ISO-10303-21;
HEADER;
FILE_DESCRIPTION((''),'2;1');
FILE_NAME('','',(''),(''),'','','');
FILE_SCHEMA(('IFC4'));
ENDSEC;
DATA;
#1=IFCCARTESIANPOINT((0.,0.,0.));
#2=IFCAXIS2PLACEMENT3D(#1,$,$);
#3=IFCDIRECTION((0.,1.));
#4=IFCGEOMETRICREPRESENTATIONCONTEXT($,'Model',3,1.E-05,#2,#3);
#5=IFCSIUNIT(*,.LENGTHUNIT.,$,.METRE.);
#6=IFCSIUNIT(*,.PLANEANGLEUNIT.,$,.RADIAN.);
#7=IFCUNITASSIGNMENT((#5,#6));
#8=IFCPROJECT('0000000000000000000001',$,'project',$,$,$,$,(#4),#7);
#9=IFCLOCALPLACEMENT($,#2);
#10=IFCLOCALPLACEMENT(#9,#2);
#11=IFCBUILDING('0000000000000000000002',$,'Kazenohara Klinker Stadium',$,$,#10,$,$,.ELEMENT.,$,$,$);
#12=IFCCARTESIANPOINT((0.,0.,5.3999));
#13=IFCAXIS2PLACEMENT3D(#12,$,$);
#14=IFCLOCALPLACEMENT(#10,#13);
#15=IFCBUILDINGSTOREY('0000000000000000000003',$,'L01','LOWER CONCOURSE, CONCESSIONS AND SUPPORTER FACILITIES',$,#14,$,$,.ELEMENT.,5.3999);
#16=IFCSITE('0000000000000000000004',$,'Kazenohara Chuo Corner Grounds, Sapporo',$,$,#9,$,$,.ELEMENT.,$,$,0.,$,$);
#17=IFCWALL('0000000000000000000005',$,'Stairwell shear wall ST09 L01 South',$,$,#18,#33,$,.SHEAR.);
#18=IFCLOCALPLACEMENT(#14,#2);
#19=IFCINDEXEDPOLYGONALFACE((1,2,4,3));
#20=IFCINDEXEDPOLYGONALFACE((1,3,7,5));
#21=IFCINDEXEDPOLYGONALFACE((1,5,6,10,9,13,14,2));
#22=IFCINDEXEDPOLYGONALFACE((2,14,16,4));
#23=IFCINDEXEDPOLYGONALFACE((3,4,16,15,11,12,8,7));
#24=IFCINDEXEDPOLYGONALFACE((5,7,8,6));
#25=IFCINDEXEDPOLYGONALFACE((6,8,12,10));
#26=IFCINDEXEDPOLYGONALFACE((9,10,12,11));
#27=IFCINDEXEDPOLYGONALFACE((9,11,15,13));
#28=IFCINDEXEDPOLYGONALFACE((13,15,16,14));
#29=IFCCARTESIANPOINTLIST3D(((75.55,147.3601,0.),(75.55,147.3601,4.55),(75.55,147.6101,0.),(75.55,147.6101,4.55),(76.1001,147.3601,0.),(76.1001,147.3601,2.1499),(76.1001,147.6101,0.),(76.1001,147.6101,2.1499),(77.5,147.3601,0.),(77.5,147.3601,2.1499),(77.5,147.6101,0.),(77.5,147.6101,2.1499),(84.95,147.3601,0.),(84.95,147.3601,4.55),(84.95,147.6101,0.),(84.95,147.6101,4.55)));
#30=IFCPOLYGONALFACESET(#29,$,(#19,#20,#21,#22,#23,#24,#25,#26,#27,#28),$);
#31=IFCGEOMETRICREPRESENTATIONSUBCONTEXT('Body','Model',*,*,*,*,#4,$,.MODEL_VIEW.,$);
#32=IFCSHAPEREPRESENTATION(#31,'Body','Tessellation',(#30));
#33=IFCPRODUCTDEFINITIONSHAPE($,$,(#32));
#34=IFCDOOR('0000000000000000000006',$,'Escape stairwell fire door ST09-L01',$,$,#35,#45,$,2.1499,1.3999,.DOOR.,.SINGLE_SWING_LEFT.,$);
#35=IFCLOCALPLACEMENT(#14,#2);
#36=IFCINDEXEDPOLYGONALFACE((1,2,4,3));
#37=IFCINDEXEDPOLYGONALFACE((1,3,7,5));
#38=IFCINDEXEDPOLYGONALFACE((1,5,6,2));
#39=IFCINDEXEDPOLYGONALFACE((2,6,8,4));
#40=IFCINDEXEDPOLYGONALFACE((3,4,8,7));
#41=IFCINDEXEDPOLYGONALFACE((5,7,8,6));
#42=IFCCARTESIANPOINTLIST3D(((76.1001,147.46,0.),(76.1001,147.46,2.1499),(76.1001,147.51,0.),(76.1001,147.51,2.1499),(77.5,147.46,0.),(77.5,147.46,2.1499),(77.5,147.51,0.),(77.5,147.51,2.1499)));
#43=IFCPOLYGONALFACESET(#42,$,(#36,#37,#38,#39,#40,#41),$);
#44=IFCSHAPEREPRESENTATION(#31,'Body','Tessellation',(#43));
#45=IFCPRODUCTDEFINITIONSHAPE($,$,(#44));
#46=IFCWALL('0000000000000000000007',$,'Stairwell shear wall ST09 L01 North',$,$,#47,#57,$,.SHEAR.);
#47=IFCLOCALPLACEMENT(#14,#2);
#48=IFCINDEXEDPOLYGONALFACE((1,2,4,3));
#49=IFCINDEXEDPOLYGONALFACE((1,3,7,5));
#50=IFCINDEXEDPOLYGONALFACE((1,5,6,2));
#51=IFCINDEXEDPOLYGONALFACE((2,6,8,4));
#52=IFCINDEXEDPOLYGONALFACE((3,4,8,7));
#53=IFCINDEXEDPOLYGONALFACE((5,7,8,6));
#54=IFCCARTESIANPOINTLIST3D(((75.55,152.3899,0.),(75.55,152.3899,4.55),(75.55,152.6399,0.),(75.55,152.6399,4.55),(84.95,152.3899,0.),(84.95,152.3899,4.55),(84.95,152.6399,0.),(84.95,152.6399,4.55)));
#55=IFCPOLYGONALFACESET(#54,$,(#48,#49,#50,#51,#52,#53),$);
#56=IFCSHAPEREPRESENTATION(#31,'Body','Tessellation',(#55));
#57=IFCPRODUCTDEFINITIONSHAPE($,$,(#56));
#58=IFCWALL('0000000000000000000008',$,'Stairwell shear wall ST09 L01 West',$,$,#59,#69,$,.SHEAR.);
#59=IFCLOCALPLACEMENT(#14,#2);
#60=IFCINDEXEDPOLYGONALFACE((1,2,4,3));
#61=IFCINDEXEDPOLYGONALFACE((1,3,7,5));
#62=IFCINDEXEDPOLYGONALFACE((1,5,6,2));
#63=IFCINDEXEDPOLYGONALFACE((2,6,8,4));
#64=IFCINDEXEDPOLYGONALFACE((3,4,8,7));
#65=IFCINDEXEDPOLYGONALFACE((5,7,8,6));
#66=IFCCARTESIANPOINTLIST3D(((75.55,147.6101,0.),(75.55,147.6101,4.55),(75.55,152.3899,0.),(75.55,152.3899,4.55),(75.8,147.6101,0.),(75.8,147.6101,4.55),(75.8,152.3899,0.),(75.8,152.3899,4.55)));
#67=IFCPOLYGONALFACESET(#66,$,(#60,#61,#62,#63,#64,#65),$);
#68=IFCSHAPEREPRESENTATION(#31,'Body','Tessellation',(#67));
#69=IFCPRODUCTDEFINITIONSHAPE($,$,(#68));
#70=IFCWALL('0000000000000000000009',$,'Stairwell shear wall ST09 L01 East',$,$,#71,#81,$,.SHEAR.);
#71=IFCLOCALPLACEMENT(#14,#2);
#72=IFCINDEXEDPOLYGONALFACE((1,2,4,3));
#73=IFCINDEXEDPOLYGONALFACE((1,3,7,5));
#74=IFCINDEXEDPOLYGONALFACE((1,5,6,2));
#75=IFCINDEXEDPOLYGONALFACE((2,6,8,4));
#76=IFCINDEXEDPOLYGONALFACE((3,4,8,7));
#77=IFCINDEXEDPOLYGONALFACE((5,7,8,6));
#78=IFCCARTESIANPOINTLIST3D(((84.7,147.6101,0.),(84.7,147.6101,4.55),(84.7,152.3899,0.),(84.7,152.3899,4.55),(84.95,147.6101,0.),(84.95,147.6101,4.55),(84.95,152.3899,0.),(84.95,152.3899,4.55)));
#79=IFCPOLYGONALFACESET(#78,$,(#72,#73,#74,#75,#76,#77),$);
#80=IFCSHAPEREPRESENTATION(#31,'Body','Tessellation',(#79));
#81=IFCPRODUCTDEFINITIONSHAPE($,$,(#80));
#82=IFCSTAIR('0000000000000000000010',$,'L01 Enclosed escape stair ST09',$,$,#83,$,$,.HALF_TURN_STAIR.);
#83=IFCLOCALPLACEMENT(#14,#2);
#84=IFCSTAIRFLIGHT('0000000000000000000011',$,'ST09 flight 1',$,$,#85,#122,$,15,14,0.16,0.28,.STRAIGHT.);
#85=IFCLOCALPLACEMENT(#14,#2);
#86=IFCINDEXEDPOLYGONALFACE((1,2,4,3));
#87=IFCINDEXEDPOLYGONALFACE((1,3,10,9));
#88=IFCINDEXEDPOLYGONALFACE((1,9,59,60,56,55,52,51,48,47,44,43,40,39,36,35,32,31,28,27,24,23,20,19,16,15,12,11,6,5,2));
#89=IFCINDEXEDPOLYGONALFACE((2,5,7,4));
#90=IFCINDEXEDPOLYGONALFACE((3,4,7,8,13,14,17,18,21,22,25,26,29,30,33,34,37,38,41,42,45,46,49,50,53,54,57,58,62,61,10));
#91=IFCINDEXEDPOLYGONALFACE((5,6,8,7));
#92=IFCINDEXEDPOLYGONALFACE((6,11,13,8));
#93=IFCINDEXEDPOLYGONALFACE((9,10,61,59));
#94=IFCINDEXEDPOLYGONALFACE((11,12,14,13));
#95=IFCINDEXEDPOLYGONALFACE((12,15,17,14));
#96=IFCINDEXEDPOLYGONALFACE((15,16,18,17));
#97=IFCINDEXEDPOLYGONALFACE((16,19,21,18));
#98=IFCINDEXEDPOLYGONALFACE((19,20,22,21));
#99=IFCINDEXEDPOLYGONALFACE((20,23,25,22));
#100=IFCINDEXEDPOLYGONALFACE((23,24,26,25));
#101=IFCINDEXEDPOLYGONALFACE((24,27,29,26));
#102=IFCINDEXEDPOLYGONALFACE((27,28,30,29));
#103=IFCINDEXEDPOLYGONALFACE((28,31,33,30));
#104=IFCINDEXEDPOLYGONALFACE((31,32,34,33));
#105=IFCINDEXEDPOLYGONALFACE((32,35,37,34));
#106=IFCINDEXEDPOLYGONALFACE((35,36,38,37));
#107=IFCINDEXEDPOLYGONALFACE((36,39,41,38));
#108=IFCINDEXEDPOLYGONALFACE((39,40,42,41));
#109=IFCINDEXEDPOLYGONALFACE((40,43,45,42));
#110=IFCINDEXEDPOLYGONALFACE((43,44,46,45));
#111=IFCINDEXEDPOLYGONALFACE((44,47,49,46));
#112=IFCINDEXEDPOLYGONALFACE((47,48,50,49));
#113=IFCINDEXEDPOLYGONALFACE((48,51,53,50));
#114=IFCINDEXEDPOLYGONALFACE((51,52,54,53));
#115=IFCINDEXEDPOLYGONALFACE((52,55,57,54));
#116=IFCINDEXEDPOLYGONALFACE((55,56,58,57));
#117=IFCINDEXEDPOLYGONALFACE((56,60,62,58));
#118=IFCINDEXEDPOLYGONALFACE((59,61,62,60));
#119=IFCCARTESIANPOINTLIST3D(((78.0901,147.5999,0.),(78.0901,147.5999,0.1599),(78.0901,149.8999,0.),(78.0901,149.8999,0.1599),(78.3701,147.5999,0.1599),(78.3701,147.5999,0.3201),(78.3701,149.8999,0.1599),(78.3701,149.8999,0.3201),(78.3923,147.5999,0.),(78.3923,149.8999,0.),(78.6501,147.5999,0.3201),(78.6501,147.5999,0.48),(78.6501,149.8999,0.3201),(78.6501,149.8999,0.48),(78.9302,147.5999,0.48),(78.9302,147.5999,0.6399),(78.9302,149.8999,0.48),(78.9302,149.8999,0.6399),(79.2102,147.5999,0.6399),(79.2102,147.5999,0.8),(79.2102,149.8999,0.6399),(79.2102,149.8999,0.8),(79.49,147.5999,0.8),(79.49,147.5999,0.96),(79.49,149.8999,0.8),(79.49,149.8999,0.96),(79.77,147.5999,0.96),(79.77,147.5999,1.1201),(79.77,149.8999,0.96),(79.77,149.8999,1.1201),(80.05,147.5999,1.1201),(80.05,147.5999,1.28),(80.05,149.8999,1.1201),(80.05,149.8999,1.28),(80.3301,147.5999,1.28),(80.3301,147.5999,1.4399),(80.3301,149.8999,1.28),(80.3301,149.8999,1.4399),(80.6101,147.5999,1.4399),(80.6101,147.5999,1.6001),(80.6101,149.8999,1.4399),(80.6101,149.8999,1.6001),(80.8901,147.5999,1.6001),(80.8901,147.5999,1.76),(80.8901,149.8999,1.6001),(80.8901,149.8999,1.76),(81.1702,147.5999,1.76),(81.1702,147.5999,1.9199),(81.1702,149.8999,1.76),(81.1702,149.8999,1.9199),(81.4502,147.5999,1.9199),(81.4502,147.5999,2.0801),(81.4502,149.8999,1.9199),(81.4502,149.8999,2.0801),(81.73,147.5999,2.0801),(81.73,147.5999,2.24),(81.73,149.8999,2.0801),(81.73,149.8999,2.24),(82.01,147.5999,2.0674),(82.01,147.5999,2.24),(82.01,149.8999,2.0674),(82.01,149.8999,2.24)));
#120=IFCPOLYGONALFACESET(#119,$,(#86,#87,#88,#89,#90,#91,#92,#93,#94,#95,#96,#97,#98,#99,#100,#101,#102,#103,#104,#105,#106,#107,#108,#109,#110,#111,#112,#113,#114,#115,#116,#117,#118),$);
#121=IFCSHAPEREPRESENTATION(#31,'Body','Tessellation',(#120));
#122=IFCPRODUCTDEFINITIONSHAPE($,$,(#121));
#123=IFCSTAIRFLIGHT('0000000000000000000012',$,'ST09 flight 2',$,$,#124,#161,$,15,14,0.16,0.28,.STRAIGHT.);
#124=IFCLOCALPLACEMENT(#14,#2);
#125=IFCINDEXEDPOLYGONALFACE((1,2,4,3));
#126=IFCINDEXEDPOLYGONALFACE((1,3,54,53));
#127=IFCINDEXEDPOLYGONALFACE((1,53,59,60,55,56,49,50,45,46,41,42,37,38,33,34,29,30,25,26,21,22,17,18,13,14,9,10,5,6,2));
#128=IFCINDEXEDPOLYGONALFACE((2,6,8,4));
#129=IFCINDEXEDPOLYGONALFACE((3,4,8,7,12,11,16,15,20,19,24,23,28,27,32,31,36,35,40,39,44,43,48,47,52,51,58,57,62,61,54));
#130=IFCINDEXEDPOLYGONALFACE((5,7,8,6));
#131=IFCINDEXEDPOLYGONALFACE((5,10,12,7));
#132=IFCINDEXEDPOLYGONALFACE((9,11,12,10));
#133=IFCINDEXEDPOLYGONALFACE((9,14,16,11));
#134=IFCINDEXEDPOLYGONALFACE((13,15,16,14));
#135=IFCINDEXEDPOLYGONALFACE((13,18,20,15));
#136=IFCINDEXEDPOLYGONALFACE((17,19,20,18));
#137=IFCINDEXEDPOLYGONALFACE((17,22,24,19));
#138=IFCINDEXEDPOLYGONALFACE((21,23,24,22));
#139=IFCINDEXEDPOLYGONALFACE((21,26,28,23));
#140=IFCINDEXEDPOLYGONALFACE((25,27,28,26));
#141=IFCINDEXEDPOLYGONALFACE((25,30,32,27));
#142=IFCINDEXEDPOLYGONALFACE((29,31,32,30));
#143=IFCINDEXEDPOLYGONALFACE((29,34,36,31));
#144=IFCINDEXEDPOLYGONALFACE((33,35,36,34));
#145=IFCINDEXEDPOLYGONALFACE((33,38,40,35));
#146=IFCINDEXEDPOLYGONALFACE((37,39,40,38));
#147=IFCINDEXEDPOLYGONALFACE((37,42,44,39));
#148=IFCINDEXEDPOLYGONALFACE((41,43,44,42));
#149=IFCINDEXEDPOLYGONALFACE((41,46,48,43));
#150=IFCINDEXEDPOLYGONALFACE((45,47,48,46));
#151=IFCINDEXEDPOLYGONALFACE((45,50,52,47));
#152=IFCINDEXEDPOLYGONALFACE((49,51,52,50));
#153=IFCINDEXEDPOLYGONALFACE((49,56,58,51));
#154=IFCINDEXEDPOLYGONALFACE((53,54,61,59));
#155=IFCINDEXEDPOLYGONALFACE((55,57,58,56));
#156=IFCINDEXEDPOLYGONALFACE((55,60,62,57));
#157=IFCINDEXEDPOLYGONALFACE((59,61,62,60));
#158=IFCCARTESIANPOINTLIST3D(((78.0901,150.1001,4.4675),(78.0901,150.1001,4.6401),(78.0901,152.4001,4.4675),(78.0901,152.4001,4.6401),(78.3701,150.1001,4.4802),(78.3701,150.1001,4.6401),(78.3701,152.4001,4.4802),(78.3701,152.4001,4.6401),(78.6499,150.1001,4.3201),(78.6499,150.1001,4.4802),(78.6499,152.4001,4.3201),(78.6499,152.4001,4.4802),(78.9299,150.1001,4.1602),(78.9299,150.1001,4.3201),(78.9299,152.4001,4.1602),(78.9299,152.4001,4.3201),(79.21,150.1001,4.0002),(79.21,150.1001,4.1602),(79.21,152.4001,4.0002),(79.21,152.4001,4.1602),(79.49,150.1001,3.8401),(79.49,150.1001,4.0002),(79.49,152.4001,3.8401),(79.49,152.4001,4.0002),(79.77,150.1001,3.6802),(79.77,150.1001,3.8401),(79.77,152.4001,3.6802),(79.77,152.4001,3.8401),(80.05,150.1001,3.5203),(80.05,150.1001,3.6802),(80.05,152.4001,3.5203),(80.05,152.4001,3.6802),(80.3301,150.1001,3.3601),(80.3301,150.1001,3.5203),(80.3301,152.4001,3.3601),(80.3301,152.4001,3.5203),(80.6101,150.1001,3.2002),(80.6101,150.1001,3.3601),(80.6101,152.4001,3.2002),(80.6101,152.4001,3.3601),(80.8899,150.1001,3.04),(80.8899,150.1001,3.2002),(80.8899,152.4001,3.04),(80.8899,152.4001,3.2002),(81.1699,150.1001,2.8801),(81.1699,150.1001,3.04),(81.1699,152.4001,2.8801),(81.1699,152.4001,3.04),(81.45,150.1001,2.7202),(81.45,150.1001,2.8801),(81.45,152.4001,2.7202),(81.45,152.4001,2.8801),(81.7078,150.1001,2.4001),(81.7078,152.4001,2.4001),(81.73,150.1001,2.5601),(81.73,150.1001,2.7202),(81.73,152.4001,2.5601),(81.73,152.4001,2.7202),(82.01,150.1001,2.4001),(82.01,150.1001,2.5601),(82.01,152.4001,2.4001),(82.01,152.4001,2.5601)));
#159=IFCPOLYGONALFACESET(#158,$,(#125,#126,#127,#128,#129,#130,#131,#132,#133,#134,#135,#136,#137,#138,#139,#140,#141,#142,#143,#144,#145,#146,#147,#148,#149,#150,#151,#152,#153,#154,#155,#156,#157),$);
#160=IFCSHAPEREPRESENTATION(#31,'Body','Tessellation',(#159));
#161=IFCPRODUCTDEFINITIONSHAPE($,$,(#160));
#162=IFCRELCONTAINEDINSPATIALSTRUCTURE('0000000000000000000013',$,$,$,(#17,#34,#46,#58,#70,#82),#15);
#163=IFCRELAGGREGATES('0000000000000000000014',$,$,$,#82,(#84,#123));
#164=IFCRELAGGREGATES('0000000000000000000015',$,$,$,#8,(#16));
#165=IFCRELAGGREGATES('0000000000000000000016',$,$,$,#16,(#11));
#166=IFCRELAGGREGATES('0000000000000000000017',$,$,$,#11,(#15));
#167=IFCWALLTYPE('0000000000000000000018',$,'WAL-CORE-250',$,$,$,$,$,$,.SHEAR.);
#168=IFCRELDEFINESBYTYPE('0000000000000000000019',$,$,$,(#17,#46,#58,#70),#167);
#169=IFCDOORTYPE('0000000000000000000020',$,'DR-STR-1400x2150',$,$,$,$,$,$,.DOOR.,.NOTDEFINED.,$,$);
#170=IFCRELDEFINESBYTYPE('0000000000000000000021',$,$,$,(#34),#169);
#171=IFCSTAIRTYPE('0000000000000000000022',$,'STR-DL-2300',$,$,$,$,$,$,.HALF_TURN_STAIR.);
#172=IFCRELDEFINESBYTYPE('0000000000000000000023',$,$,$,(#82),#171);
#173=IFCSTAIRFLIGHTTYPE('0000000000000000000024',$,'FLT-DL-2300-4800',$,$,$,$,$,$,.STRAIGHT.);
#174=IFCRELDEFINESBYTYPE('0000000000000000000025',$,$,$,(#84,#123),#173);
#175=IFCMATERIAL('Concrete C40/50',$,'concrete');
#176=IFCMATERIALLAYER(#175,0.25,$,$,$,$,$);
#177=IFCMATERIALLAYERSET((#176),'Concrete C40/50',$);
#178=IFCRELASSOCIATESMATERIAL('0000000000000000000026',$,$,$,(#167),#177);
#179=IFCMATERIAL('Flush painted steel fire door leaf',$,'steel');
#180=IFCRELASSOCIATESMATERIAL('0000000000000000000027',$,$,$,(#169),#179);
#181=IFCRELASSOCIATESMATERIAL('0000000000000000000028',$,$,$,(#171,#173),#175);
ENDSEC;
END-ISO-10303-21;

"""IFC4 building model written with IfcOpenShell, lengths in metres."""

from ifc_helpers import new_model, si_unit, direction, frame, frame_2d, origin, place, context, subcontext, project, spatial, polyline, rectangle, outline, extrude, material, layer, layer_set, type_object, element, fill, aggregate, save


model = new_model("IFC4")

# Units and contexts
model_context = context("Model", 3, precision=1e-05, world=origin(), true_north=direction((0.0, 1.0)))
body_context = subcontext(model_context, "Body", "Model", "MODEL_VIEW")
ifc_project = project(units=[si_unit("LENGTHUNIT", "METRE"), si_unit("PLANEANGLEUNIT", "RADIAN")], contexts=[model_context])

# Site, building, storey
site_placement = place(None, origin())
site = spatial("IfcSite", under=ifc_project, at=site_placement, Name="Kazenohara Chuo Corner Grounds, Sapporo", CompositionType="ELEMENT", RefElevation=0.0)
building_placement = place(site_placement, origin())
building = spatial("IfcBuilding", under=site, at=building_placement, Name="Kazenohara Klinker Stadium", CompositionType="ELEMENT")
storey_placement = place(building_placement, frame((0.0, 0.0, 5.3999)))
storey = spatial("IfcBuildingStorey", under=building, at=storey_placement, Name="L01", Description="LOWER CONCOURSE, CONCESSIONS AND SUPPORTER FACILITIES", CompositionType="ELEMENT", Elevation=5.3999)

# Shared definitions
ifc_material_1 = material(Name="Concrete C40/50", Category="concrete")

# Wall, opening, door
ifc_layer_1 = layer(ifc_material_1, 0.25)
ifc_layer_set_1 = layer_set([ifc_layer_1], Name="Concrete C40/50")
wall_type = type_object("IfcWallType", Name="WAL-CORE-250", PredefinedType="SHEAR", material=ifc_layer_set_1)
wall_1_placement = place(storey_placement, frame((75.55, 147.4851, 0.0), z_axis=(0.0, 0.0, 1.0), x_axis=(1.0, 0.0, 0.0)))
wall_1 = element("IfcWall", 1, at=wall_1_placement, inside=storey, type_object=wall_type, Name="Stairwell shear wall ST09 L01 South", PredefinedType="SHEAR", context=body_context, shape_type="SweptSolid", body=[
    extrude(rectangle(XDim=9.3999, YDim=0.25, at=frame_2d((4.7, 0.0))), origin(), (0.0, 0.0, 1.0), 4.55),
])
opening_placement = place(wall_1_placement, frame((0.55, 0.0, 0.0)))
opening = element("IfcOpeningElement", 2, at=opening_placement, cuts=wall_1, PredefinedType="OPENING", context=body_context, shape_type="SweptSolid", body=[
    extrude(rectangle(XDim=1.3999, YDim=2.1499, at=frame_2d((0.7, 1.075))), frame((0.0, 0.135, 0.0), z_axis=(0.0, -1.0, 0.0), x_axis=(1.0, 0.0, 0.0)), (0.0, 0.0, 1.0), 0.27),
])
ifc_material_2 = material(Name="Flush painted steel fire door leaf", Category="steel")
door_type = type_object("IfcDoorType", Name="DR-STR-1400x2150", OperationType="NOTDEFINED", PredefinedType="DOOR", material=ifc_material_2)
door_placement = place(opening_placement, origin())
door = element("IfcDoor", 3, at=door_placement, inside=storey, type_object=door_type, Name="Escape stairwell fire door ST09-L01", OperationType="SINGLE_SWING_LEFT", OverallHeight=2.1499, OverallWidth=1.3999, PredefinedType="DOOR", context=body_context, shape_type="SweptSolid", body=[
    extrude(rectangle(XDim=1.3999, YDim=2.1499, at=frame_2d((0.7, 1.075))), frame((0.0, 0.0249, 0.0), z_axis=(0.0, -1.0, 0.0), x_axis=(1.0, 0.0, 0.0)), (0.0, 0.0, 1.0), 0.05),
])
fill(opening, door)

# Walls
wall_2_placement = place(storey_placement, frame((75.55, 152.5149, 0.0), z_axis=(0.0, 0.0, 1.0), x_axis=(1.0, 0.0, 0.0)))
element("IfcWall", 4, at=wall_2_placement, inside=storey, type_object=wall_type, Name="Stairwell shear wall ST09 L01 North", PredefinedType="SHEAR", context=body_context, shape_type="SweptSolid", body=[
    extrude(rectangle(XDim=9.3999, YDim=0.25, at=frame_2d((4.7, 0.0))), origin(), (0.0, 0.0, 1.0), 4.55),
])
for number, where, z_axis, x_axis, name in (
    (5, (75.675, 147.6101, 0.0), (0.0, 0.0, 1.0), (0.0, 1.0, 0.0), "Stairwell shear wall ST09 L01 West"),
    (6, (84.825, 147.6101, 0.0), (0.0, 0.0, 1.0), (0.0, 1.0, 0.0), "Stairwell shear wall ST09 L01 East"),
):
    element("IfcWall", number, at=place(storey_placement, frame(where, z_axis=z_axis, x_axis=x_axis)), inside=storey, type_object=wall_type, Name=name, PredefinedType="SHEAR", context=body_context, shape_type="SweptSolid", body=[
        extrude(rectangle(XDim=4.7798, YDim=0.25, at=frame_2d((2.3899, 0.0))), origin(), (0.0, 0.0, 1.0), 4.55),
    ])

# Stair, stair flights
stair_type = type_object("IfcStairType", Name="STR-DL-2300", PredefinedType="HALF_TURN_STAIR", material=ifc_material_1)
stair_placement = place(storey_placement, origin())
stair = element("IfcStair", 7, at=stair_placement, inside=storey, type_object=stair_type, Name="L01 Enclosed escape stair ST09", PredefinedType="HALF_TURN_STAIR")
stair_flight_type = type_object("IfcStairFlightType", Name="FLT-DL-2300-4800", PredefinedType="STRAIGHT", material=ifc_material_1)
stair_flight_1_placement = place(storey_placement, frame((78.0901, 148.75, 0.0), z_axis=(0.0, 0.0, 1.0), x_axis=(1.0, 0.0, 0.0)))
stair_flight_1 = element("IfcStairFlight", 8, at=stair_flight_1_placement, type_object=stair_flight_type, Name="ST09 flight 1", NumberOfRisers=15, NumberOfTreads=14, PredefinedType="STRAIGHT", RiserHeight=0.16, TreadLength=0.28, context=body_context, shape_type="SweptSolid", body=[
    extrude(outline(polyline([(0.0, 0.0), (0.0, 0.1599), (0.28, 0.1599), (0.28, 0.3201), (0.5601, 0.3201), (0.5601, 0.48), (0.8401, 0.48), (0.8401, 0.6399), (1.1201, 0.6399), (1.1201, 0.8), (1.3999, 0.8), (1.3999, 0.96), (1.6799, 0.96), (1.6799, 1.1201), (1.96, 1.1201), (1.96, 1.28), (2.24, 1.28), (2.24, 1.4399), (2.52, 1.4399), (2.52, 1.6001), (2.8, 1.6001), (2.8, 1.76), (3.0801, 1.76), (3.0801, 1.9199), (3.3601, 1.9199), (3.3601, 2.0801), (3.6399, 2.0801), (3.6399, 2.24), (3.9199, 2.24), (3.9199, 2.3999), (3.9199, 2.0674), (0.3022, 0.0), (0.0, 0.0)])), frame((0.0, 1.1499, 0.0), z_axis=(0.0, -1.0, 0.0), x_axis=(1.0, 0.0, 0.0)), (0.0, 0.0, 1.0), 2.3),
])
stair_flight_2_placement = place(storey_placement, frame((82.01, 151.25, 2.4001), z_axis=(0.0, 0.0, 1.0), x_axis=(-1.0, 0.0, 0.0)))
stair_flight_2 = element("IfcStairFlight", 9, at=stair_flight_2_placement, type_object=stair_flight_type, Name="ST09 flight 2", NumberOfRisers=15, NumberOfTreads=14, PredefinedType="STRAIGHT", RiserHeight=0.16, TreadLength=0.28, context=body_context, shape_type="SweptSolid", body=[
    extrude(outline(polyline([(0.0, 0.0), (0.0, 0.1599), (0.28, 0.1599), (0.28, 0.3201), (0.5601, 0.3201), (0.5601, 0.48), (0.8401, 0.48), (0.8401, 0.6399), (1.1201, 0.6399), (1.1201, 0.8), (1.3999, 0.8), (1.3999, 0.96), (1.6799, 0.96), (1.6799, 1.1201), (1.96, 1.1201), (1.96, 1.28), (2.24, 1.28), (2.24, 1.4399), (2.52, 1.4399), (2.52, 1.6001), (2.8, 1.6001), (2.8, 1.76), (3.0801, 1.76), (3.0801, 1.9199), (3.3601, 1.9199), (3.3601, 2.0801), (3.6399, 2.0801), (3.6399, 2.24), (3.9199, 2.24), (3.9199, 2.3999), (3.9199, 2.0674), (0.3022, 0.0), (0.0, 0.0)])), frame((0.0, 1.1499, 0.0), z_axis=(0.0, -1.0, 0.0), x_axis=(1.0, 0.0, 0.0)), (0.0, 0.0, 1.0), 2.3),
])
aggregate(stair, [stair_flight_1, stair_flight_2])

save(model, "model.ifc")
